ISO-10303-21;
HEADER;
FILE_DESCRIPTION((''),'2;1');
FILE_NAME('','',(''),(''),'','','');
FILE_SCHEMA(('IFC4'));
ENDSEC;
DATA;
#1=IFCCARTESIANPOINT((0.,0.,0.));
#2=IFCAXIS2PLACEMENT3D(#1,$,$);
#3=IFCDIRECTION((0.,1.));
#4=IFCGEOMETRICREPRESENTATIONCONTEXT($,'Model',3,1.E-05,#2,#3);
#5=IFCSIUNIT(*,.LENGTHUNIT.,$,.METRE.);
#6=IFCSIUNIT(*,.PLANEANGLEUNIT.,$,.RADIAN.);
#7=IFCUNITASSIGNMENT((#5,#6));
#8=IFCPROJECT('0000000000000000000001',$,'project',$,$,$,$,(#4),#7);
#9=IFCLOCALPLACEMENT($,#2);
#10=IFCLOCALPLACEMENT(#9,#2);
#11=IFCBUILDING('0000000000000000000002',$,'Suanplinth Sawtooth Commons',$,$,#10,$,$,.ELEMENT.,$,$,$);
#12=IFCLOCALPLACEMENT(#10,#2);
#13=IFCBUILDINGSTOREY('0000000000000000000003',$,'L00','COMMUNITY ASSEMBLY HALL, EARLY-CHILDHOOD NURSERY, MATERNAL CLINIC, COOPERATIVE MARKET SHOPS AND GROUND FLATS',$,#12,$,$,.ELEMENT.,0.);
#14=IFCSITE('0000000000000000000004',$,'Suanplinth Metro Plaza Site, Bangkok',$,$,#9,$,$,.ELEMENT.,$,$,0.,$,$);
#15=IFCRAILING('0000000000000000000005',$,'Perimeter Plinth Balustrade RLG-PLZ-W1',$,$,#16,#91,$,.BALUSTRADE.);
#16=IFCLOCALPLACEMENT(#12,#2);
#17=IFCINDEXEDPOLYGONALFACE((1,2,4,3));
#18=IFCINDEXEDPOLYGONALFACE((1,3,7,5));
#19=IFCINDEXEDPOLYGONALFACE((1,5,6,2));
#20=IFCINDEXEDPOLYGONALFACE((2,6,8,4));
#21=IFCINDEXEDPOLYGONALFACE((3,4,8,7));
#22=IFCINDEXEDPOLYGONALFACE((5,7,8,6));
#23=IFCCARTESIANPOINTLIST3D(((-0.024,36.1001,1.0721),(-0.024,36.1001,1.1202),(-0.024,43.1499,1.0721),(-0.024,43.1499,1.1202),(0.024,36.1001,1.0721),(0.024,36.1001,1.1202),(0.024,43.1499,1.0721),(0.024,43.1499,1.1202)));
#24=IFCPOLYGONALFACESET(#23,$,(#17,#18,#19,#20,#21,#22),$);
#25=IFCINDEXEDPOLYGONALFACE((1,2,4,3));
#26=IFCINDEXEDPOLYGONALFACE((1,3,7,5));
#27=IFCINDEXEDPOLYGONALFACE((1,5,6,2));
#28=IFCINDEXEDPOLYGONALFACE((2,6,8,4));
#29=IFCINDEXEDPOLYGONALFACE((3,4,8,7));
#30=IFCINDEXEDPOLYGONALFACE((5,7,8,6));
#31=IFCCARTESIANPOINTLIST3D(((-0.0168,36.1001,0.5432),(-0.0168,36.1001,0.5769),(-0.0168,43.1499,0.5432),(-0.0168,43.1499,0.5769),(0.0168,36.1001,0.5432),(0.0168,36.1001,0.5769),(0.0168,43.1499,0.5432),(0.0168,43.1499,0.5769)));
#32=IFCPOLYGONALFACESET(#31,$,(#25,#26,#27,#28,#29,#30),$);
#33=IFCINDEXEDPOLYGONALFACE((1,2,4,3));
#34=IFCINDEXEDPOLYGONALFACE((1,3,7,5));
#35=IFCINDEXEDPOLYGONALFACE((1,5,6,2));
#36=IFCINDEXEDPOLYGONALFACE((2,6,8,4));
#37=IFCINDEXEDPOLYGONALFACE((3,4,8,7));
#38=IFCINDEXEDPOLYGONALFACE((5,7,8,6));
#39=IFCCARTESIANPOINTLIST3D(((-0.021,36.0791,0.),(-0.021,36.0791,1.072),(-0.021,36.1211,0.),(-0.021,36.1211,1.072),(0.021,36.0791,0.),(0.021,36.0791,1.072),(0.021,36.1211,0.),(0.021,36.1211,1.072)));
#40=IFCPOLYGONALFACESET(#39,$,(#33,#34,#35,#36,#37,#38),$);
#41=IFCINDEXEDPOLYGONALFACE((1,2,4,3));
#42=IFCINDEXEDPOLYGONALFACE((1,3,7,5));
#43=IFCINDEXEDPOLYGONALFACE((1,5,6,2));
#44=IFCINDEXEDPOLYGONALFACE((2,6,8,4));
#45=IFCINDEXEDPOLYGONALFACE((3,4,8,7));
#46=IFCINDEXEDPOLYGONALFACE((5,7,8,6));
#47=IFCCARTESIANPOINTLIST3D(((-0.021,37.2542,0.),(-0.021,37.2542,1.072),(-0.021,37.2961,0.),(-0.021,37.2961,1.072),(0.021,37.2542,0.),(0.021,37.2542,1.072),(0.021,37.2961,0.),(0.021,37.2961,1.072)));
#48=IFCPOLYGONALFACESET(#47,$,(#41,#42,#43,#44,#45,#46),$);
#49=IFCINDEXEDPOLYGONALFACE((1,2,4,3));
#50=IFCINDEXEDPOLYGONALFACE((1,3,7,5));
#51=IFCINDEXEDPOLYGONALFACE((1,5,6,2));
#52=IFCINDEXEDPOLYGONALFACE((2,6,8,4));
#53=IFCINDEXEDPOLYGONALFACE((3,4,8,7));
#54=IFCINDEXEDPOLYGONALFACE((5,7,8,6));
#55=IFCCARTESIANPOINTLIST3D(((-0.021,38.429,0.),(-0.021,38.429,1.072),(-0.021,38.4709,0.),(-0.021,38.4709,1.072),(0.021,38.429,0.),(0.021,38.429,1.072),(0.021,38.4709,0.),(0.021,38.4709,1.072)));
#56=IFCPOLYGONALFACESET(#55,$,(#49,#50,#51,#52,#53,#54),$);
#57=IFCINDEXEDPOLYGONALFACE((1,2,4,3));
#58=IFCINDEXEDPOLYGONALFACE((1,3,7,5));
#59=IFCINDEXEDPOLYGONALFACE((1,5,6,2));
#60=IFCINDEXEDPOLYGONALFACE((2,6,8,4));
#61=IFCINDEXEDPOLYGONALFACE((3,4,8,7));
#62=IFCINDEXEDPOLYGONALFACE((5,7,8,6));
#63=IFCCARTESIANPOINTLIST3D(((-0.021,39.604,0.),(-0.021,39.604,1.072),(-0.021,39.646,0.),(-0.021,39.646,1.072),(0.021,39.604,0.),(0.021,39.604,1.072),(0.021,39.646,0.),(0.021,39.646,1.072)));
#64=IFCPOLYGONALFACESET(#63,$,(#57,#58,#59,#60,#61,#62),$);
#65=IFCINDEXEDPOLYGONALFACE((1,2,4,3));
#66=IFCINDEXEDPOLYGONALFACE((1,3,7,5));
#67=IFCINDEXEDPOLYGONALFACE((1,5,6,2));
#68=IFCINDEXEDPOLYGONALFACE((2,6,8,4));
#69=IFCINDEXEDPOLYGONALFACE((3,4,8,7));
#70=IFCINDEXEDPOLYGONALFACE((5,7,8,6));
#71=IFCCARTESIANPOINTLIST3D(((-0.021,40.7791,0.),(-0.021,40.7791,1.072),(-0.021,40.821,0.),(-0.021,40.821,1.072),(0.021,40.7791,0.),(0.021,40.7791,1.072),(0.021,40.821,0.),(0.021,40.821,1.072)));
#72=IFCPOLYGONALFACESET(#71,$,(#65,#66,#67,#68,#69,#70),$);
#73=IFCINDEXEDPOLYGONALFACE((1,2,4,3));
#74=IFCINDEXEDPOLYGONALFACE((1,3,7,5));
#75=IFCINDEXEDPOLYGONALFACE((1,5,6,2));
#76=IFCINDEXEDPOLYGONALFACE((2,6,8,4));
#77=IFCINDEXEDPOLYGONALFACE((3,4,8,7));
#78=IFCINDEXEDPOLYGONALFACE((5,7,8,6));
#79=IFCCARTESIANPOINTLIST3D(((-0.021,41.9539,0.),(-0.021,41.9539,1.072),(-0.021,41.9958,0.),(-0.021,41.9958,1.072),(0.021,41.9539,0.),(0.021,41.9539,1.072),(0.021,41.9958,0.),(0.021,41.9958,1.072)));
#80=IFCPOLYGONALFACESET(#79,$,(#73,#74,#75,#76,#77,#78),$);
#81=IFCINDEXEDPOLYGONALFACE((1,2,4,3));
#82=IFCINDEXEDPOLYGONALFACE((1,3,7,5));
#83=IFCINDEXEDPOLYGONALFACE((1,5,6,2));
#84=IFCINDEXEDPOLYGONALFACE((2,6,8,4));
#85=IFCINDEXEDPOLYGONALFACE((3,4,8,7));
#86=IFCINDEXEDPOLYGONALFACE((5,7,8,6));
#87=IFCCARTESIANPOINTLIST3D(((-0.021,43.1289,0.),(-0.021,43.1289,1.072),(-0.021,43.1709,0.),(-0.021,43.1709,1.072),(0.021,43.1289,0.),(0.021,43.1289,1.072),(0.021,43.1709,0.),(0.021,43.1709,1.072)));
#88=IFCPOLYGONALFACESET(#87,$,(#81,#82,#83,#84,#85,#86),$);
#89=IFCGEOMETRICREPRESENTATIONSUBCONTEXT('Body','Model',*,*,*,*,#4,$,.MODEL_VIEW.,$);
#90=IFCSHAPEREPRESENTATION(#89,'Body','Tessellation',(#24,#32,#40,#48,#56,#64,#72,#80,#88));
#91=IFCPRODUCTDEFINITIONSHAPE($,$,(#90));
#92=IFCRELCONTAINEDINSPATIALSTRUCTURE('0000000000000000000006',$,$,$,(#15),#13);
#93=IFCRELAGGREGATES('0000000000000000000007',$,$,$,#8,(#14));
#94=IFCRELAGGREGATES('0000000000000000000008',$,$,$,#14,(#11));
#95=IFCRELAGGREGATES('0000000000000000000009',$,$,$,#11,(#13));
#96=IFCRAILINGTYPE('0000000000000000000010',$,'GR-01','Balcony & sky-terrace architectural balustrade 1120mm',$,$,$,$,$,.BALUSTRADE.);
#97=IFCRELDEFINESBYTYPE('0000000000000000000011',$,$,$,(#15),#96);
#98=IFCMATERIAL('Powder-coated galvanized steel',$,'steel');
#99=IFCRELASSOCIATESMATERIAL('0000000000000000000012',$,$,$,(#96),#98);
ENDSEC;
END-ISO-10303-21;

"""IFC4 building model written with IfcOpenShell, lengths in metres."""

from ifc_helpers import new_model, si_unit, direction, frame, origin, origin_2d, place, context, subcontext, project, spatial, rectangle, extrude, material, type_object, element, save


model = new_model("IFC4")

# Units and contexts
model_context = context("Model", 3, precision=1e-05, world=origin(), true_north=direction((0.0, 1.0)))
body_context = subcontext(model_context, "Body", "Model", "MODEL_VIEW")
ifc_project = project(units=[si_unit("LENGTHUNIT", "METRE"), si_unit("PLANEANGLEUNIT", "RADIAN")], contexts=[model_context])

# Site, building, storey
site_placement = place(None, origin())
site = spatial("IfcSite", under=ifc_project, at=site_placement, Name="Suanplinth Metro Plaza Site, Bangkok", CompositionType="ELEMENT", RefElevation=0.0)
building_placement = place(site_placement, origin())
building = spatial("IfcBuilding", under=site, at=building_placement, Name="Suanplinth Sawtooth Commons", CompositionType="ELEMENT")
storey_placement = place(building_placement, origin())
storey = spatial("IfcBuildingStorey", under=building, at=storey_placement, Name="L00", Description="COMMUNITY ASSEMBLY HALL, EARLY-CHILDHOOD NURSERY, MATERNAL CLINIC, COOPERATIVE MARKET SHOPS AND GROUND FLATS", CompositionType="ELEMENT", Elevation=0.0)

# Railing
ifc_material_1 = material(Name="Powder-coated galvanized steel", Category="steel")
railing_type = type_object("IfcRailingType", Name="GR-01", Description="Balcony & sky-terrace architectural balustrade 1120mm", PredefinedType="BALUSTRADE", material=ifc_material_1)
railing_placement = place(storey_placement, frame((0.0, 36.1001, 0.0)))
element("IfcRailing", 1, at=railing_placement, inside=storey, type_object=railing_type, Name="Perimeter Plinth Balustrade RLG-PLZ-W1", PredefinedType="BALUSTRADE", context=body_context, shape_type="SweptSolid", body=[
    extrude(rectangle(XDim=0.0481, YDim=0.0481, at=origin_2d()), frame((0.0, 0.0, 1.0962), z_axis=(0.0, 1.0, 0.0), x_axis=(-1.0, 0.0, 0.0)), (0.0, 0.0, 1.0), 7.0498),
    extrude(rectangle(XDim=0.0337, YDim=0.0337, at=origin_2d()), frame((0.0, 0.0, 0.5601), z_axis=(0.0, 1.0, 0.0), x_axis=(-1.0, 0.0, 0.0)), (0.0, 0.0, 1.0), 7.0498),
    extrude(rectangle(XDim=0.042, YDim=0.042, at=origin_2d()), origin(), (0.0, 0.0, 1.0), 1.072),
    extrude(rectangle(XDim=0.042, YDim=0.042, at=origin_2d()), frame((0.0, 1.175, 0.0)), (0.0, 0.0, 1.0), 1.072),
    extrude(rectangle(XDim=0.042, YDim=0.042, at=origin_2d()), frame((0.0, 2.3499, 0.0)), (0.0, 0.0, 1.0), 1.072),
    extrude(rectangle(XDim=0.042, YDim=0.042, at=origin_2d()), frame((0.0, 3.5249, 0.0)), (0.0, 0.0, 1.0), 1.072),
    extrude(rectangle(XDim=0.042, YDim=0.042, at=origin_2d()), frame((0.0, 4.7, 0.0)), (0.0, 0.0, 1.0), 1.072),
    extrude(rectangle(XDim=0.042, YDim=0.042, at=origin_2d()), frame((0.0, 5.8748, 0.0)), (0.0, 0.0, 1.0), 1.072),
    extrude(rectangle(XDim=0.042, YDim=0.042, at=origin_2d()), frame((0.0, 7.0498, 0.0)), (0.0, 0.0, 1.0), 1.072),
])

save(model, "model.ifc")
